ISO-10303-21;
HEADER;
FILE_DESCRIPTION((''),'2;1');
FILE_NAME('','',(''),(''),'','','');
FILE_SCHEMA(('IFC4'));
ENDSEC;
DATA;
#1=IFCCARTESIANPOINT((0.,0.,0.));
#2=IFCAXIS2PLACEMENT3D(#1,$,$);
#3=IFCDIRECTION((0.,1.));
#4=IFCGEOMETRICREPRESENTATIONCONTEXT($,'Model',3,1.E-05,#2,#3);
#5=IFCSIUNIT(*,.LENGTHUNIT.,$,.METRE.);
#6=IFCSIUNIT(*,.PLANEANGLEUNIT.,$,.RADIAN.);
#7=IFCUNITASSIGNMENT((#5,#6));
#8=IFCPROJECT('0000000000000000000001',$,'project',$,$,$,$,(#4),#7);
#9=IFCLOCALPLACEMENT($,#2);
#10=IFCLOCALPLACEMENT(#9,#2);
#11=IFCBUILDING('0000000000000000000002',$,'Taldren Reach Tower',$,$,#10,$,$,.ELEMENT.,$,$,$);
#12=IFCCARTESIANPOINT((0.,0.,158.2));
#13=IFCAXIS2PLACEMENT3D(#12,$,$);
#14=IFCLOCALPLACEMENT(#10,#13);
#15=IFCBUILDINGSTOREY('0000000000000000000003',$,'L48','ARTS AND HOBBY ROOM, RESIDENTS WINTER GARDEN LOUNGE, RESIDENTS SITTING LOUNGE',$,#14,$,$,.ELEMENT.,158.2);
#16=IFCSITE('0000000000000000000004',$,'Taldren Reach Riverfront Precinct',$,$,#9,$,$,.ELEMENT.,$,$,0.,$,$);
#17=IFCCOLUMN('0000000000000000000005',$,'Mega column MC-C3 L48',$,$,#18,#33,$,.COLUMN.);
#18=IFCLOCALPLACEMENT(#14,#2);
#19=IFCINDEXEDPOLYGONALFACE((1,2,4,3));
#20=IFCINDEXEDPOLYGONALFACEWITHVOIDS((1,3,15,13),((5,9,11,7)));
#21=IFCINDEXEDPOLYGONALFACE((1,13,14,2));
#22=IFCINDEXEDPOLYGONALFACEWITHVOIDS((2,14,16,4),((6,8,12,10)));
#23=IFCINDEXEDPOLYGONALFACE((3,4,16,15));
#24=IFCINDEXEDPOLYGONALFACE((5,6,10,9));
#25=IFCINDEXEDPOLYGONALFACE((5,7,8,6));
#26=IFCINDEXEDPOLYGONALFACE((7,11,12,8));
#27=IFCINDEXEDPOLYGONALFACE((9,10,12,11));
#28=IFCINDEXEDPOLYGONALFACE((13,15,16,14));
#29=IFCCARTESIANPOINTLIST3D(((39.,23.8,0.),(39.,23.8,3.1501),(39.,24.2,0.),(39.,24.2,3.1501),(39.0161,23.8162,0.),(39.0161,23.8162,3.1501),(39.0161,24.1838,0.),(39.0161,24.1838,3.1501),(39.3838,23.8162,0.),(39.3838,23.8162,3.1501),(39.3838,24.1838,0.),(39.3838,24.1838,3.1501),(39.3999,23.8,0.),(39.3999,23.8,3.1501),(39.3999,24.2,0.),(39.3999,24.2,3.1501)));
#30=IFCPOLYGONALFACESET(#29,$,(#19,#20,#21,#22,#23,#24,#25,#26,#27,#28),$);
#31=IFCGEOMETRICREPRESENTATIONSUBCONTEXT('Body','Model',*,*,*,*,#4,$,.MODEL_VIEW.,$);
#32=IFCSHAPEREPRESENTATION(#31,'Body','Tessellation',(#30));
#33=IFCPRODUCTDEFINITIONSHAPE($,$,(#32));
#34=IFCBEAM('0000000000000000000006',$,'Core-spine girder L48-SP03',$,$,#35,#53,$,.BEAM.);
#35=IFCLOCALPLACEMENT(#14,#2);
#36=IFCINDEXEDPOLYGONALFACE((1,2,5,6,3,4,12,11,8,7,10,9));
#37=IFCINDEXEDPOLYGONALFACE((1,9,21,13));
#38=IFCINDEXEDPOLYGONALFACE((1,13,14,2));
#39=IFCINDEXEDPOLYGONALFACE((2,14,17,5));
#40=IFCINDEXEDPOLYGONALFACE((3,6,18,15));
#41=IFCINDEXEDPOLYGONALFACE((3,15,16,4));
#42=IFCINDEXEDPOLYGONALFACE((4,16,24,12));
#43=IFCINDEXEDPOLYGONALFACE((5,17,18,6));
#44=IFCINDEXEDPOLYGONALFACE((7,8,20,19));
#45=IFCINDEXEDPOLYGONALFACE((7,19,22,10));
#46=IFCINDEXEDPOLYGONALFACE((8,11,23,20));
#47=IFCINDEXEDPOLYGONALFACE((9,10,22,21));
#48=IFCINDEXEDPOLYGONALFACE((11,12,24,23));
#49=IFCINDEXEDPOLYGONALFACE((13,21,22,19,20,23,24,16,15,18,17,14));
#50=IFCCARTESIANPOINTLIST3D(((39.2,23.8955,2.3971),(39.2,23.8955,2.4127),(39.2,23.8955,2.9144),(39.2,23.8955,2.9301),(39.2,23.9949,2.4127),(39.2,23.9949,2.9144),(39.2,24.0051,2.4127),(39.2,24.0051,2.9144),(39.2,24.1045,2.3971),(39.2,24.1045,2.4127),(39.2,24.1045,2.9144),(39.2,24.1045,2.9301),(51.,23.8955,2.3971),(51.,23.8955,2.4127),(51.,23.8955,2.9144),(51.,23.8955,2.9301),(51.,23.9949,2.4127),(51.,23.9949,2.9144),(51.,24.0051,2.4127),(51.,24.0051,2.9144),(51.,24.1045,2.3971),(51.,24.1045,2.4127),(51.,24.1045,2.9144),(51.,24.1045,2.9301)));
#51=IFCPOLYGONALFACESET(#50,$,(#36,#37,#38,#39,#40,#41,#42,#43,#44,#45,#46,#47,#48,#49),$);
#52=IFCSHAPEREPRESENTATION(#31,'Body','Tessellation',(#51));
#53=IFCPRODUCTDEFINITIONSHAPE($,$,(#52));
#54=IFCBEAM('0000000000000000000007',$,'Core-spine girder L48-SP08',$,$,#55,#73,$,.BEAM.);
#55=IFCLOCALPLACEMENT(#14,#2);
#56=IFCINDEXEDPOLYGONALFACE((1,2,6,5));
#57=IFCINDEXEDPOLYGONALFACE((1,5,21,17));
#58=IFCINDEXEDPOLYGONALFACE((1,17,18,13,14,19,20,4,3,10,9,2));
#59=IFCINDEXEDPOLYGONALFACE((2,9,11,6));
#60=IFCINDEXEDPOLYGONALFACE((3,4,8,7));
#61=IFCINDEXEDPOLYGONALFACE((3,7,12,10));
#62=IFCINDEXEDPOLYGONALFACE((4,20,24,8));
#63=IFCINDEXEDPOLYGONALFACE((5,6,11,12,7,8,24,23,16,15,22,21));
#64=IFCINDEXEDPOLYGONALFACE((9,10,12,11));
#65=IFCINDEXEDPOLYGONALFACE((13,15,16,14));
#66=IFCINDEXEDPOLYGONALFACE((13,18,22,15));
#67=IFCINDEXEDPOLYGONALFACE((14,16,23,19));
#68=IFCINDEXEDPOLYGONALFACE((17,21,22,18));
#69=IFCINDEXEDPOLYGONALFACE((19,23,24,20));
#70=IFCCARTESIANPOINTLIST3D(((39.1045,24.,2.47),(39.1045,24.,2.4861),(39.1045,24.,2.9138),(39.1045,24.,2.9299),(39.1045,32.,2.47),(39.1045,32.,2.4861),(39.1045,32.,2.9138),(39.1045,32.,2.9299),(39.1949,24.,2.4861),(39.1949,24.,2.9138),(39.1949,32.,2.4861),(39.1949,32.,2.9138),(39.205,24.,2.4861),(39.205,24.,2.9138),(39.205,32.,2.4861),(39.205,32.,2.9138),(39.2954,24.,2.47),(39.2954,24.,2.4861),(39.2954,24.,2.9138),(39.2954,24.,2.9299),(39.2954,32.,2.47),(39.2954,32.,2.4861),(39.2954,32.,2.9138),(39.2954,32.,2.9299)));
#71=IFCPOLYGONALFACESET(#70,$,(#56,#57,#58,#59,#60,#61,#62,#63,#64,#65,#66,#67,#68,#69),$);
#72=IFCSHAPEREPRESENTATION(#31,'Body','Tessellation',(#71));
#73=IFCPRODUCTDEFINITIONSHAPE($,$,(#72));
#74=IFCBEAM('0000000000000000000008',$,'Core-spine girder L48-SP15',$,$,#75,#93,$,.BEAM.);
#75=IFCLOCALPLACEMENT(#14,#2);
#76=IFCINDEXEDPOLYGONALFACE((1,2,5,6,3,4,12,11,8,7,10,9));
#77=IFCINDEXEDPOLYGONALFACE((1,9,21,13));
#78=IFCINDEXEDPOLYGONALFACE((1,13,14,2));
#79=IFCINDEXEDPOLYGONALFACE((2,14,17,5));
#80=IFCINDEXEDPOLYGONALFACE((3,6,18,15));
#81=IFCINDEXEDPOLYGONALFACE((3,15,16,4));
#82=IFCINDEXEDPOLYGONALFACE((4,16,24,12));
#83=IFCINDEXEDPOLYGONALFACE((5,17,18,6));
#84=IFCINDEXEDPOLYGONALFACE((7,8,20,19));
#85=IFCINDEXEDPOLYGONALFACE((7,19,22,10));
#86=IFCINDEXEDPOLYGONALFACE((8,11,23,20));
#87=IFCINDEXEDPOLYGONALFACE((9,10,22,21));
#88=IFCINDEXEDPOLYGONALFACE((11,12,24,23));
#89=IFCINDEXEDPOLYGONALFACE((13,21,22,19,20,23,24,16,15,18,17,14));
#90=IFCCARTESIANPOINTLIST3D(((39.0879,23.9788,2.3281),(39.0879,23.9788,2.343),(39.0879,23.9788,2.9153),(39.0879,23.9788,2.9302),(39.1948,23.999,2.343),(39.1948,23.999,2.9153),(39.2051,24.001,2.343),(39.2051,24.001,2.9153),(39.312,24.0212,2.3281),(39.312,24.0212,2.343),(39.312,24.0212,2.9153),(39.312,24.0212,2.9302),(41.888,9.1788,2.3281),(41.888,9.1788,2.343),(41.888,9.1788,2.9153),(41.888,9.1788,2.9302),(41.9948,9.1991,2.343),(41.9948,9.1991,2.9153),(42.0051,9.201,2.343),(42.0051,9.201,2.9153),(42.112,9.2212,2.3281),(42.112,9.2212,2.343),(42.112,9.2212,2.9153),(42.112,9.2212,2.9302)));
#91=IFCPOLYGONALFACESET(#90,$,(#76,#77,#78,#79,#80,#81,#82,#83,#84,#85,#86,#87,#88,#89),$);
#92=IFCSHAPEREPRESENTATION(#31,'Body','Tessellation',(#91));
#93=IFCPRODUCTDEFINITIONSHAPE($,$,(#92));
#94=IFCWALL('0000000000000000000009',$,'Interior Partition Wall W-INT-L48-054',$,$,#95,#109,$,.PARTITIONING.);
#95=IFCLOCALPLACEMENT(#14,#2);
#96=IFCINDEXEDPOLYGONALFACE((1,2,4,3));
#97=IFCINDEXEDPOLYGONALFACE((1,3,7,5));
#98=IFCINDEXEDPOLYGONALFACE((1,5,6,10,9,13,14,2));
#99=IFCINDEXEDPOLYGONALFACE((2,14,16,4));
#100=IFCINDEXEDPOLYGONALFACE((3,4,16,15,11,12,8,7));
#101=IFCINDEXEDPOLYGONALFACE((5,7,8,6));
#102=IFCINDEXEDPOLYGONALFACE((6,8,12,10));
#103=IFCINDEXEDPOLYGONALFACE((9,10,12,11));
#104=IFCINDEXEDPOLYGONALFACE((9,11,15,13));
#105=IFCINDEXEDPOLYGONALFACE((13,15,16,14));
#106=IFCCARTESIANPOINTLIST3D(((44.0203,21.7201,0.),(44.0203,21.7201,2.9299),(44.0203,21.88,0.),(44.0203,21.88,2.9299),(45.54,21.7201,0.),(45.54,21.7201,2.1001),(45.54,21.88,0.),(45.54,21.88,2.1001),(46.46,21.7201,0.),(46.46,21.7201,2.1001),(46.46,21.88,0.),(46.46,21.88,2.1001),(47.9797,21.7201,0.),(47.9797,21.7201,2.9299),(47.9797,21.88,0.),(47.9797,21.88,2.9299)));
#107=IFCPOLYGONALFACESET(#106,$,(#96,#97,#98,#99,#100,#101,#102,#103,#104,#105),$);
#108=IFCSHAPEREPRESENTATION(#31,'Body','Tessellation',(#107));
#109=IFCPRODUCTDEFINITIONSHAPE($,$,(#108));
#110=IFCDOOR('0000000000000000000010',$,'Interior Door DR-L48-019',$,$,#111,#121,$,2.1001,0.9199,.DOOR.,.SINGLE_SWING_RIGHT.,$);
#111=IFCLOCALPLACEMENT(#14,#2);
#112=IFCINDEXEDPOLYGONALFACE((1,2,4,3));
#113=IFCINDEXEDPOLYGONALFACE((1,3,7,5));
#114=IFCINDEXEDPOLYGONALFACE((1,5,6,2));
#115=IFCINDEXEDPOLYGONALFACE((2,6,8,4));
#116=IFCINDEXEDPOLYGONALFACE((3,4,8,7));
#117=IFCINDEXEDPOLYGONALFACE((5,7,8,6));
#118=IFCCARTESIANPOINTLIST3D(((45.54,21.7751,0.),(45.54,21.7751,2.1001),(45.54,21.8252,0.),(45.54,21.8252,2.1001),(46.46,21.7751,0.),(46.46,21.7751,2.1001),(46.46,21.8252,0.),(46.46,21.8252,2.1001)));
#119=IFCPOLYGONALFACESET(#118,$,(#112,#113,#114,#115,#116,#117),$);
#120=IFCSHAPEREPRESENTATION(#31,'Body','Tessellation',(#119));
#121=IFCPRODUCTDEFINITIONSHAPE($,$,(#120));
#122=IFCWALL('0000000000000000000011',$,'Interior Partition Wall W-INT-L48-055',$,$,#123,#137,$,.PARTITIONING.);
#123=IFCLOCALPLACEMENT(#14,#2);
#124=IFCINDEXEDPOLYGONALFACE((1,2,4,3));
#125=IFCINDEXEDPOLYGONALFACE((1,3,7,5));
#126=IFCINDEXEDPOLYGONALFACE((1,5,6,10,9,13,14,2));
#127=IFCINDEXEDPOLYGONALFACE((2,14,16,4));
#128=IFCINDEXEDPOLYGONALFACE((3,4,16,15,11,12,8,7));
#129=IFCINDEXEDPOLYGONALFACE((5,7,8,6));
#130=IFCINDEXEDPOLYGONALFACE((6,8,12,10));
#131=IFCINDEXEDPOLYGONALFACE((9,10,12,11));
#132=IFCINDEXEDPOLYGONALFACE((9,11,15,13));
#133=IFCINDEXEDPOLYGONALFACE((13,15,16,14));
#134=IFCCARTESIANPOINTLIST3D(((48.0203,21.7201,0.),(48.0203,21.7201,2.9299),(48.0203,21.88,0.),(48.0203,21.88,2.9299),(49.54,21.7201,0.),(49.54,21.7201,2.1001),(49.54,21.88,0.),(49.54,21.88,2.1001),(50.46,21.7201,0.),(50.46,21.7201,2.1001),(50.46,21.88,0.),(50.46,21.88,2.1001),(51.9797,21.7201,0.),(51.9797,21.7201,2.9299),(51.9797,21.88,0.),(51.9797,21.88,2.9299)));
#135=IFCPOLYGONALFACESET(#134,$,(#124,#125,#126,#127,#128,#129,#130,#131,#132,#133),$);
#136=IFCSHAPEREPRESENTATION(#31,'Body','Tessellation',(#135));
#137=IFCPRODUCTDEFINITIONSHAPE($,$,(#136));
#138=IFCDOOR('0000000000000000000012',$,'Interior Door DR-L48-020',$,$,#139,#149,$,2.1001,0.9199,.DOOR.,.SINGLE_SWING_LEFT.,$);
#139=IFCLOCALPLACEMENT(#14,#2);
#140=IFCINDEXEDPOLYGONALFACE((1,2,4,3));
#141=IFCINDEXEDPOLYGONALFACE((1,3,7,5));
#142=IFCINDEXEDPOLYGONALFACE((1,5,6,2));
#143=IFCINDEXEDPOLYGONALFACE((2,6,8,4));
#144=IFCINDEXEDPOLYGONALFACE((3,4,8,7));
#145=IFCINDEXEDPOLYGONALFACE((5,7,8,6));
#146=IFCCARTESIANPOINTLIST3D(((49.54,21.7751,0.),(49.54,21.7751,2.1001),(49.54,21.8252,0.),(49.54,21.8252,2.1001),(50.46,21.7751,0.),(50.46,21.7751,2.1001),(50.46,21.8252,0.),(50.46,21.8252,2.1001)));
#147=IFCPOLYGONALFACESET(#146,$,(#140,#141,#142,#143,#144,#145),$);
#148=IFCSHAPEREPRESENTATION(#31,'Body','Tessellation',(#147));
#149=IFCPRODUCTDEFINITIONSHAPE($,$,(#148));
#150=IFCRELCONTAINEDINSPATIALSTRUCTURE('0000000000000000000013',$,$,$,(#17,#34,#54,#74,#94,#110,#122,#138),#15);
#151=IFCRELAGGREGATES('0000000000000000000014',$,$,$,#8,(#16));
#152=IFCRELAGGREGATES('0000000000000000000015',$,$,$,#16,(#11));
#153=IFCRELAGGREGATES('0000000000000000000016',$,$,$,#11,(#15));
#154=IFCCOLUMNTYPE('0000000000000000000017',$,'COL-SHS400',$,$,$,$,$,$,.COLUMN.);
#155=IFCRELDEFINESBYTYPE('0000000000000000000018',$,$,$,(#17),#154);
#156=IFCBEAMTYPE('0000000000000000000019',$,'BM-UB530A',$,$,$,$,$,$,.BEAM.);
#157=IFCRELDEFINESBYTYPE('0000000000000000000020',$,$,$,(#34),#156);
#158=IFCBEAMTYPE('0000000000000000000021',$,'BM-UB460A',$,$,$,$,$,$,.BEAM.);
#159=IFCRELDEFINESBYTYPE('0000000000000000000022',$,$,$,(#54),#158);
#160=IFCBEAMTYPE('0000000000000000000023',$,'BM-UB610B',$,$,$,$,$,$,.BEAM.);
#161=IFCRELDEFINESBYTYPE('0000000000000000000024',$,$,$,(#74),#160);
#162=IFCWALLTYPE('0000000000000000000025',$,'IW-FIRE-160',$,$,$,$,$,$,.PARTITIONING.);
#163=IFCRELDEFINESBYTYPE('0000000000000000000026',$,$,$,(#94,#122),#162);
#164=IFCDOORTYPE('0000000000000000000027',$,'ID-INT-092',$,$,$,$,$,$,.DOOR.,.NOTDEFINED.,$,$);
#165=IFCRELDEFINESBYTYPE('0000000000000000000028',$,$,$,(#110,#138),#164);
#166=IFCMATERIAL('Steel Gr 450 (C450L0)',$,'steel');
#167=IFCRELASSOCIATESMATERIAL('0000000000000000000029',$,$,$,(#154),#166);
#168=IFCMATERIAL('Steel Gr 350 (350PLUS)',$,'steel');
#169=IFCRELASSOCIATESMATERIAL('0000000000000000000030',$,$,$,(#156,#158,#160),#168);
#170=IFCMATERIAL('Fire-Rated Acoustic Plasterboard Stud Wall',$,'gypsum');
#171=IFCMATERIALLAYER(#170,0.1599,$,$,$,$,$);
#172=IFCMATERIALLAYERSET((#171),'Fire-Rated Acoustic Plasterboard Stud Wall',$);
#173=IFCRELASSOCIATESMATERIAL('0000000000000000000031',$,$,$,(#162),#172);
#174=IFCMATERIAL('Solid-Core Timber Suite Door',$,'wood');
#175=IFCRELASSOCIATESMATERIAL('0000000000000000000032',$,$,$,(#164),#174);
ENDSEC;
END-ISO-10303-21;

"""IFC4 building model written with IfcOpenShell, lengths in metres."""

from ifc_helpers import new_model, si_unit, direction, frame, frame_2d, origin, origin_2d, place, context, subcontext, project, spatial, rectangle, hollow_rectangle, i_section, extrude, source, transform, mapped, material, layer, layer_set, material_profile, profile_set, type_object, element, fill, save


model = new_model("IFC4")

# Units and contexts
model_context = context("Model", 3, precision=1e-05, world=origin(), true_north=direction((0.0, 1.0)))
body_context = subcontext(model_context, "Body", "Model", "MODEL_VIEW")
ifc_project = project(units=[si_unit("LENGTHUNIT", "METRE"), si_unit("PLANEANGLEUNIT", "RADIAN")], contexts=[model_context])

# Site, building, storey
site_placement = place(None, origin())
site = spatial("IfcSite", under=ifc_project, at=site_placement, Name="Taldren Reach Riverfront Precinct", CompositionType="ELEMENT", RefElevation=0.0)
building_placement = place(site_placement, origin())
building = spatial("IfcBuilding", under=site, at=building_placement, Name="Taldren Reach Tower", CompositionType="ELEMENT")
storey_placement = place(building_placement, frame((0.0, 0.0, 158.2)))
storey = spatial("IfcBuildingStorey", under=building, at=storey_placement, Name="L48", Description="ARTS AND HOBBY ROOM, RESIDENTS WINTER GARDEN LOUNGE, RESIDENTS SITTING LOUNGE", CompositionType="ELEMENT", Elevation=158.2)

# Column
ifc_material_1 = material(Name="Steel Gr 450 (C450L0)", Category="steel")
ifc_material_profile_1 = material_profile(ifc_material_1, hollow_rectangle(XDim=0.3999, YDim=0.3999, WallThickness=0.0161, at=origin_2d()), Name="400x400x16.0SHS")
ifc_profile_set_1 = profile_set([ifc_material_profile_1], Name="Steel Gr 450 (C450L0)")
column_type = type_object("IfcColumnType", Name="COL-SHS400", PredefinedType="COLUMN", material=ifc_profile_set_1)
shared_shape_1 = source(origin(), body_context, "Body", "SweptSolid", [
    extrude(hollow_rectangle(XDim=0.3999, YDim=0.3999, WallThickness=0.0161, at=origin_2d()), origin(), (0.0, 0.0, 1.0), 3.1501),
])
column_placement = place(storey_placement, frame((39.2, 24.0, 0.0), z_axis=(0.0, 0.0, 1.0), x_axis=(1.0, 0.0, 0.0)))
element("IfcColumn", 1, at=column_placement, inside=storey, type_object=column_type, Name="Mega column MC-C3 L48", PredefinedType="COLUMN", context=body_context, shape_type="MappedRepresentation", body=[
    mapped(shared_shape_1, transform((0.0, 0.0, 0.0), scale=1.0)),
])

# Beams
ifc_material_2 = material(Name="Steel Gr 350 (350PLUS)", Category="steel")
ifc_material_profile_2 = material_profile(ifc_material_2, i_section(OverallWidth=0.209, OverallDepth=0.533, WebThickness=0.0103, FlangeThickness=0.0156, at=origin_2d()), Name="530UB92.4")
ifc_profile_set_2 = profile_set([ifc_material_profile_2], Name="Steel Gr 350 (350PLUS)")
beam_type_1 = type_object("IfcBeamType", Name="BM-UB530A", PredefinedType="BEAM", material=ifc_profile_set_2)
shared_shape_2 = source(origin(), body_context, "Body", "SweptSolid", [
    extrude(i_section(OverallWidth=0.209, OverallDepth=0.533, WebThickness=0.0103, FlangeThickness=0.0156, at=origin_2d()), origin(), (0.0, 0.0, 1.0), 11.8),
])
beam_1_placement = place(storey_placement, frame((39.2, 24.0, 2.6636), z_axis=(1.0, 0.0, 0.0), x_axis=(0.0, 1.0, 0.0)))
element("IfcBeam", 2, at=beam_1_placement, inside=storey, type_object=beam_type_1, Name="Core-spine girder L48-SP03", PredefinedType="BEAM", context=body_context, shape_type="MappedRepresentation", body=[
    mapped(shared_shape_2, transform((0.0, 0.0, 0.0), scale=1.0)),
])
ifc_material_profile_3 = material_profile(ifc_material_2, i_section(OverallWidth=0.1909, OverallDepth=0.46, WebThickness=0.01, FlangeThickness=0.0161, at=origin_2d()), Name="460UB82.1")
ifc_profile_set_3 = profile_set([ifc_material_profile_3], Name="Steel Gr 350 (350PLUS)")
beam_type_2 = type_object("IfcBeamType", Name="BM-UB460A", PredefinedType="BEAM", material=ifc_profile_set_3)
shared_shape_3 = source(origin(), body_context, "Body", "SweptSolid", [
    extrude(i_section(OverallWidth=0.1909, OverallDepth=0.46, WebThickness=0.01, FlangeThickness=0.0161, at=origin_2d()), origin(), (0.0, 0.0, 1.0), 8.0),
])
beam_2_placement = place(storey_placement, frame((39.2, 24.0, 2.7), z_axis=(0.0, 1.0, 0.0), x_axis=(-1.0, 0.0, 0.0)))
element("IfcBeam", 3, at=beam_2_placement, inside=storey, type_object=beam_type_2, Name="Core-spine girder L48-SP08", PredefinedType="BEAM", context=body_context, shape_type="MappedRepresentation", body=[
    mapped(shared_shape_3, transform((0.0, 0.0, 0.0), scale=1.0)),
])
ifc_material_profile_4 = material_profile(ifc_material_2, i_section(OverallWidth=0.228, OverallDepth=0.6021, WebThickness=0.0105, FlangeThickness=0.0149, at=origin_2d()), Name="610UB101")
ifc_profile_set_4 = profile_set([ifc_material_profile_4], Name="Steel Gr 350 (350PLUS)")
beam_type_3 = type_object("IfcBeamType", Name="BM-UB610B", PredefinedType="BEAM", material=ifc_profile_set_4)
shared_shape_4 = source(origin(), body_context, "Body", "SweptSolid", [
    extrude(i_section(OverallWidth=0.228, OverallDepth=0.6021, WebThickness=0.0105, FlangeThickness=0.0149, at=origin_2d()), origin(), (0.0, 0.0, 1.0), 15.0625),
])
beam_3_placement = place(storey_placement, frame((39.2, 24.0, 2.6292), z_axis=(0.185894, -0.98257, 0.0), x_axis=(0.98257, 0.185894, 0.0)))
element("IfcBeam", 4, at=beam_3_placement, inside=storey, type_object=beam_type_3, Name="Core-spine girder L48-SP15", PredefinedType="BEAM", context=body_context, shape_type="MappedRepresentation", body=[
    mapped(shared_shape_4, transform((0.0, 0.0, 0.0), scale=1.0)),
])

# Walls, openings, doors
ifc_material_3 = material(Name="Fire-Rated Acoustic Plasterboard Stud Wall", Category="gypsum")
ifc_layer_1 = layer(ifc_material_3, 0.1599)
ifc_layer_set_1 = layer_set([ifc_layer_1], Name="Fire-Rated Acoustic Plasterboard Stud Wall")
wall_type_1 = type_object("IfcWallType", Name="IW-FIRE-160", PredefinedType="PARTITIONING", material=ifc_layer_set_1)
shared_shape_5 = source(origin(), body_context, "Body", "SweptSolid", [
    extrude(rectangle(XDim=3.9595, YDim=0.1599, at=frame_2d((1.9797, 0.0))), origin(), (0.0, 0.0, 1.0), 2.9299),
])
wall_1_placement = place(storey_placement, frame((47.9797, 21.8, 0.0), z_axis=(0.0, 0.0, 1.0), x_axis=(-1.0, 0.0, 0.0)))
wall_1 = element("IfcWall", 5, at=wall_1_placement, inside=storey, type_object=wall_type_1, Name="Interior Partition Wall W-INT-L48-054", PredefinedType="PARTITIONING", context=body_context, shape_type="MappedRepresentation", body=[
    mapped(shared_shape_5, transform((0.0, 0.0, 0.0), scale=1.0)),
])
shared_shape_6 = source(origin(), body_context, "Body", "SweptSolid", [
    extrude(rectangle(XDim=0.9199, YDim=2.1001, at=frame_2d((0.46, 1.05))), frame((0.0, 0.0898, 0.0), z_axis=(0.0, -1.0, 0.0), x_axis=(1.0, 0.0, 0.0)), (0.0, 0.0, 1.0), 0.1799),
])
opening_1_placement = place(wall_1_placement, frame((1.5198, 0.0, 0.0)))
opening_1 = element("IfcOpeningElement", 6, at=opening_1_placement, cuts=wall_1, PredefinedType="OPENING", context=body_context, shape_type="MappedRepresentation", body=[
    mapped(shared_shape_6, transform((0.0, 0.0, 0.0), scale=1.0)),
])
ifc_material_4 = material(Name="Solid-Core Timber Suite Door", Category="wood")
door_type_1 = type_object("IfcDoorType", Name="ID-INT-092", OperationType="NOTDEFINED", PredefinedType="DOOR", material=ifc_material_4)
shared_shape_7 = source(origin(), body_context, "Body", "SweptSolid", [
    extrude(rectangle(XDim=0.9199, YDim=2.1001, at=frame_2d((0.46, 1.05))), frame((0.0, 0.0249, 0.0), z_axis=(0.0, -1.0, 0.0), x_axis=(1.0, 0.0, 0.0)), (0.0, 0.0, 1.0), 0.05),
])
door_1_placement = place(opening_1_placement, origin())
door_1 = element("IfcDoor", 7, at=door_1_placement, inside=storey, type_object=door_type_1, Name="Interior Door DR-L48-019", OperationType="SINGLE_SWING_RIGHT", OverallHeight=2.1001, OverallWidth=0.9199, PredefinedType="DOOR", context=body_context, shape_type="MappedRepresentation", body=[
    mapped(shared_shape_7, transform((0.0, 0.0, 0.0), scale=1.0)),
])
fill(opening_1, door_1)
wall_2_placement = place(storey_placement, frame((51.9797, 21.8, 0.0), z_axis=(0.0, 0.0, 1.0), x_axis=(-1.0, 0.0, 0.0)))
wall_2 = element("IfcWall", 8, at=wall_2_placement, inside=storey, type_object=wall_type_1, Name="Interior Partition Wall W-INT-L48-055", PredefinedType="PARTITIONING", context=body_context, shape_type="MappedRepresentation", body=[
    mapped(shared_shape_5, transform((0.0, 0.0, 0.0), scale=1.0)),
])
opening_2_placement = place(wall_2_placement, frame((1.5198, 0.0, 0.0)))
opening_2 = element("IfcOpeningElement", 9, at=opening_2_placement, cuts=wall_2, PredefinedType="OPENING", context=body_context, shape_type="MappedRepresentation", body=[
    mapped(shared_shape_6, transform((0.0, 0.0, 0.0), scale=1.0)),
])
door_2_placement = place(opening_2_placement, origin())
door_2 = element("IfcDoor", 10, at=door_2_placement, inside=storey, type_object=door_type_1, Name="Interior Door DR-L48-020", OperationType="SINGLE_SWING_LEFT", OverallHeight=2.1001, OverallWidth=0.9199, PredefinedType="DOOR", context=body_context, shape_type="MappedRepresentation", body=[
    mapped(shared_shape_7, transform((0.0, 0.0, 0.0), scale=1.0)),
])
fill(opening_2, door_2)

save(model, "model.ifc")
